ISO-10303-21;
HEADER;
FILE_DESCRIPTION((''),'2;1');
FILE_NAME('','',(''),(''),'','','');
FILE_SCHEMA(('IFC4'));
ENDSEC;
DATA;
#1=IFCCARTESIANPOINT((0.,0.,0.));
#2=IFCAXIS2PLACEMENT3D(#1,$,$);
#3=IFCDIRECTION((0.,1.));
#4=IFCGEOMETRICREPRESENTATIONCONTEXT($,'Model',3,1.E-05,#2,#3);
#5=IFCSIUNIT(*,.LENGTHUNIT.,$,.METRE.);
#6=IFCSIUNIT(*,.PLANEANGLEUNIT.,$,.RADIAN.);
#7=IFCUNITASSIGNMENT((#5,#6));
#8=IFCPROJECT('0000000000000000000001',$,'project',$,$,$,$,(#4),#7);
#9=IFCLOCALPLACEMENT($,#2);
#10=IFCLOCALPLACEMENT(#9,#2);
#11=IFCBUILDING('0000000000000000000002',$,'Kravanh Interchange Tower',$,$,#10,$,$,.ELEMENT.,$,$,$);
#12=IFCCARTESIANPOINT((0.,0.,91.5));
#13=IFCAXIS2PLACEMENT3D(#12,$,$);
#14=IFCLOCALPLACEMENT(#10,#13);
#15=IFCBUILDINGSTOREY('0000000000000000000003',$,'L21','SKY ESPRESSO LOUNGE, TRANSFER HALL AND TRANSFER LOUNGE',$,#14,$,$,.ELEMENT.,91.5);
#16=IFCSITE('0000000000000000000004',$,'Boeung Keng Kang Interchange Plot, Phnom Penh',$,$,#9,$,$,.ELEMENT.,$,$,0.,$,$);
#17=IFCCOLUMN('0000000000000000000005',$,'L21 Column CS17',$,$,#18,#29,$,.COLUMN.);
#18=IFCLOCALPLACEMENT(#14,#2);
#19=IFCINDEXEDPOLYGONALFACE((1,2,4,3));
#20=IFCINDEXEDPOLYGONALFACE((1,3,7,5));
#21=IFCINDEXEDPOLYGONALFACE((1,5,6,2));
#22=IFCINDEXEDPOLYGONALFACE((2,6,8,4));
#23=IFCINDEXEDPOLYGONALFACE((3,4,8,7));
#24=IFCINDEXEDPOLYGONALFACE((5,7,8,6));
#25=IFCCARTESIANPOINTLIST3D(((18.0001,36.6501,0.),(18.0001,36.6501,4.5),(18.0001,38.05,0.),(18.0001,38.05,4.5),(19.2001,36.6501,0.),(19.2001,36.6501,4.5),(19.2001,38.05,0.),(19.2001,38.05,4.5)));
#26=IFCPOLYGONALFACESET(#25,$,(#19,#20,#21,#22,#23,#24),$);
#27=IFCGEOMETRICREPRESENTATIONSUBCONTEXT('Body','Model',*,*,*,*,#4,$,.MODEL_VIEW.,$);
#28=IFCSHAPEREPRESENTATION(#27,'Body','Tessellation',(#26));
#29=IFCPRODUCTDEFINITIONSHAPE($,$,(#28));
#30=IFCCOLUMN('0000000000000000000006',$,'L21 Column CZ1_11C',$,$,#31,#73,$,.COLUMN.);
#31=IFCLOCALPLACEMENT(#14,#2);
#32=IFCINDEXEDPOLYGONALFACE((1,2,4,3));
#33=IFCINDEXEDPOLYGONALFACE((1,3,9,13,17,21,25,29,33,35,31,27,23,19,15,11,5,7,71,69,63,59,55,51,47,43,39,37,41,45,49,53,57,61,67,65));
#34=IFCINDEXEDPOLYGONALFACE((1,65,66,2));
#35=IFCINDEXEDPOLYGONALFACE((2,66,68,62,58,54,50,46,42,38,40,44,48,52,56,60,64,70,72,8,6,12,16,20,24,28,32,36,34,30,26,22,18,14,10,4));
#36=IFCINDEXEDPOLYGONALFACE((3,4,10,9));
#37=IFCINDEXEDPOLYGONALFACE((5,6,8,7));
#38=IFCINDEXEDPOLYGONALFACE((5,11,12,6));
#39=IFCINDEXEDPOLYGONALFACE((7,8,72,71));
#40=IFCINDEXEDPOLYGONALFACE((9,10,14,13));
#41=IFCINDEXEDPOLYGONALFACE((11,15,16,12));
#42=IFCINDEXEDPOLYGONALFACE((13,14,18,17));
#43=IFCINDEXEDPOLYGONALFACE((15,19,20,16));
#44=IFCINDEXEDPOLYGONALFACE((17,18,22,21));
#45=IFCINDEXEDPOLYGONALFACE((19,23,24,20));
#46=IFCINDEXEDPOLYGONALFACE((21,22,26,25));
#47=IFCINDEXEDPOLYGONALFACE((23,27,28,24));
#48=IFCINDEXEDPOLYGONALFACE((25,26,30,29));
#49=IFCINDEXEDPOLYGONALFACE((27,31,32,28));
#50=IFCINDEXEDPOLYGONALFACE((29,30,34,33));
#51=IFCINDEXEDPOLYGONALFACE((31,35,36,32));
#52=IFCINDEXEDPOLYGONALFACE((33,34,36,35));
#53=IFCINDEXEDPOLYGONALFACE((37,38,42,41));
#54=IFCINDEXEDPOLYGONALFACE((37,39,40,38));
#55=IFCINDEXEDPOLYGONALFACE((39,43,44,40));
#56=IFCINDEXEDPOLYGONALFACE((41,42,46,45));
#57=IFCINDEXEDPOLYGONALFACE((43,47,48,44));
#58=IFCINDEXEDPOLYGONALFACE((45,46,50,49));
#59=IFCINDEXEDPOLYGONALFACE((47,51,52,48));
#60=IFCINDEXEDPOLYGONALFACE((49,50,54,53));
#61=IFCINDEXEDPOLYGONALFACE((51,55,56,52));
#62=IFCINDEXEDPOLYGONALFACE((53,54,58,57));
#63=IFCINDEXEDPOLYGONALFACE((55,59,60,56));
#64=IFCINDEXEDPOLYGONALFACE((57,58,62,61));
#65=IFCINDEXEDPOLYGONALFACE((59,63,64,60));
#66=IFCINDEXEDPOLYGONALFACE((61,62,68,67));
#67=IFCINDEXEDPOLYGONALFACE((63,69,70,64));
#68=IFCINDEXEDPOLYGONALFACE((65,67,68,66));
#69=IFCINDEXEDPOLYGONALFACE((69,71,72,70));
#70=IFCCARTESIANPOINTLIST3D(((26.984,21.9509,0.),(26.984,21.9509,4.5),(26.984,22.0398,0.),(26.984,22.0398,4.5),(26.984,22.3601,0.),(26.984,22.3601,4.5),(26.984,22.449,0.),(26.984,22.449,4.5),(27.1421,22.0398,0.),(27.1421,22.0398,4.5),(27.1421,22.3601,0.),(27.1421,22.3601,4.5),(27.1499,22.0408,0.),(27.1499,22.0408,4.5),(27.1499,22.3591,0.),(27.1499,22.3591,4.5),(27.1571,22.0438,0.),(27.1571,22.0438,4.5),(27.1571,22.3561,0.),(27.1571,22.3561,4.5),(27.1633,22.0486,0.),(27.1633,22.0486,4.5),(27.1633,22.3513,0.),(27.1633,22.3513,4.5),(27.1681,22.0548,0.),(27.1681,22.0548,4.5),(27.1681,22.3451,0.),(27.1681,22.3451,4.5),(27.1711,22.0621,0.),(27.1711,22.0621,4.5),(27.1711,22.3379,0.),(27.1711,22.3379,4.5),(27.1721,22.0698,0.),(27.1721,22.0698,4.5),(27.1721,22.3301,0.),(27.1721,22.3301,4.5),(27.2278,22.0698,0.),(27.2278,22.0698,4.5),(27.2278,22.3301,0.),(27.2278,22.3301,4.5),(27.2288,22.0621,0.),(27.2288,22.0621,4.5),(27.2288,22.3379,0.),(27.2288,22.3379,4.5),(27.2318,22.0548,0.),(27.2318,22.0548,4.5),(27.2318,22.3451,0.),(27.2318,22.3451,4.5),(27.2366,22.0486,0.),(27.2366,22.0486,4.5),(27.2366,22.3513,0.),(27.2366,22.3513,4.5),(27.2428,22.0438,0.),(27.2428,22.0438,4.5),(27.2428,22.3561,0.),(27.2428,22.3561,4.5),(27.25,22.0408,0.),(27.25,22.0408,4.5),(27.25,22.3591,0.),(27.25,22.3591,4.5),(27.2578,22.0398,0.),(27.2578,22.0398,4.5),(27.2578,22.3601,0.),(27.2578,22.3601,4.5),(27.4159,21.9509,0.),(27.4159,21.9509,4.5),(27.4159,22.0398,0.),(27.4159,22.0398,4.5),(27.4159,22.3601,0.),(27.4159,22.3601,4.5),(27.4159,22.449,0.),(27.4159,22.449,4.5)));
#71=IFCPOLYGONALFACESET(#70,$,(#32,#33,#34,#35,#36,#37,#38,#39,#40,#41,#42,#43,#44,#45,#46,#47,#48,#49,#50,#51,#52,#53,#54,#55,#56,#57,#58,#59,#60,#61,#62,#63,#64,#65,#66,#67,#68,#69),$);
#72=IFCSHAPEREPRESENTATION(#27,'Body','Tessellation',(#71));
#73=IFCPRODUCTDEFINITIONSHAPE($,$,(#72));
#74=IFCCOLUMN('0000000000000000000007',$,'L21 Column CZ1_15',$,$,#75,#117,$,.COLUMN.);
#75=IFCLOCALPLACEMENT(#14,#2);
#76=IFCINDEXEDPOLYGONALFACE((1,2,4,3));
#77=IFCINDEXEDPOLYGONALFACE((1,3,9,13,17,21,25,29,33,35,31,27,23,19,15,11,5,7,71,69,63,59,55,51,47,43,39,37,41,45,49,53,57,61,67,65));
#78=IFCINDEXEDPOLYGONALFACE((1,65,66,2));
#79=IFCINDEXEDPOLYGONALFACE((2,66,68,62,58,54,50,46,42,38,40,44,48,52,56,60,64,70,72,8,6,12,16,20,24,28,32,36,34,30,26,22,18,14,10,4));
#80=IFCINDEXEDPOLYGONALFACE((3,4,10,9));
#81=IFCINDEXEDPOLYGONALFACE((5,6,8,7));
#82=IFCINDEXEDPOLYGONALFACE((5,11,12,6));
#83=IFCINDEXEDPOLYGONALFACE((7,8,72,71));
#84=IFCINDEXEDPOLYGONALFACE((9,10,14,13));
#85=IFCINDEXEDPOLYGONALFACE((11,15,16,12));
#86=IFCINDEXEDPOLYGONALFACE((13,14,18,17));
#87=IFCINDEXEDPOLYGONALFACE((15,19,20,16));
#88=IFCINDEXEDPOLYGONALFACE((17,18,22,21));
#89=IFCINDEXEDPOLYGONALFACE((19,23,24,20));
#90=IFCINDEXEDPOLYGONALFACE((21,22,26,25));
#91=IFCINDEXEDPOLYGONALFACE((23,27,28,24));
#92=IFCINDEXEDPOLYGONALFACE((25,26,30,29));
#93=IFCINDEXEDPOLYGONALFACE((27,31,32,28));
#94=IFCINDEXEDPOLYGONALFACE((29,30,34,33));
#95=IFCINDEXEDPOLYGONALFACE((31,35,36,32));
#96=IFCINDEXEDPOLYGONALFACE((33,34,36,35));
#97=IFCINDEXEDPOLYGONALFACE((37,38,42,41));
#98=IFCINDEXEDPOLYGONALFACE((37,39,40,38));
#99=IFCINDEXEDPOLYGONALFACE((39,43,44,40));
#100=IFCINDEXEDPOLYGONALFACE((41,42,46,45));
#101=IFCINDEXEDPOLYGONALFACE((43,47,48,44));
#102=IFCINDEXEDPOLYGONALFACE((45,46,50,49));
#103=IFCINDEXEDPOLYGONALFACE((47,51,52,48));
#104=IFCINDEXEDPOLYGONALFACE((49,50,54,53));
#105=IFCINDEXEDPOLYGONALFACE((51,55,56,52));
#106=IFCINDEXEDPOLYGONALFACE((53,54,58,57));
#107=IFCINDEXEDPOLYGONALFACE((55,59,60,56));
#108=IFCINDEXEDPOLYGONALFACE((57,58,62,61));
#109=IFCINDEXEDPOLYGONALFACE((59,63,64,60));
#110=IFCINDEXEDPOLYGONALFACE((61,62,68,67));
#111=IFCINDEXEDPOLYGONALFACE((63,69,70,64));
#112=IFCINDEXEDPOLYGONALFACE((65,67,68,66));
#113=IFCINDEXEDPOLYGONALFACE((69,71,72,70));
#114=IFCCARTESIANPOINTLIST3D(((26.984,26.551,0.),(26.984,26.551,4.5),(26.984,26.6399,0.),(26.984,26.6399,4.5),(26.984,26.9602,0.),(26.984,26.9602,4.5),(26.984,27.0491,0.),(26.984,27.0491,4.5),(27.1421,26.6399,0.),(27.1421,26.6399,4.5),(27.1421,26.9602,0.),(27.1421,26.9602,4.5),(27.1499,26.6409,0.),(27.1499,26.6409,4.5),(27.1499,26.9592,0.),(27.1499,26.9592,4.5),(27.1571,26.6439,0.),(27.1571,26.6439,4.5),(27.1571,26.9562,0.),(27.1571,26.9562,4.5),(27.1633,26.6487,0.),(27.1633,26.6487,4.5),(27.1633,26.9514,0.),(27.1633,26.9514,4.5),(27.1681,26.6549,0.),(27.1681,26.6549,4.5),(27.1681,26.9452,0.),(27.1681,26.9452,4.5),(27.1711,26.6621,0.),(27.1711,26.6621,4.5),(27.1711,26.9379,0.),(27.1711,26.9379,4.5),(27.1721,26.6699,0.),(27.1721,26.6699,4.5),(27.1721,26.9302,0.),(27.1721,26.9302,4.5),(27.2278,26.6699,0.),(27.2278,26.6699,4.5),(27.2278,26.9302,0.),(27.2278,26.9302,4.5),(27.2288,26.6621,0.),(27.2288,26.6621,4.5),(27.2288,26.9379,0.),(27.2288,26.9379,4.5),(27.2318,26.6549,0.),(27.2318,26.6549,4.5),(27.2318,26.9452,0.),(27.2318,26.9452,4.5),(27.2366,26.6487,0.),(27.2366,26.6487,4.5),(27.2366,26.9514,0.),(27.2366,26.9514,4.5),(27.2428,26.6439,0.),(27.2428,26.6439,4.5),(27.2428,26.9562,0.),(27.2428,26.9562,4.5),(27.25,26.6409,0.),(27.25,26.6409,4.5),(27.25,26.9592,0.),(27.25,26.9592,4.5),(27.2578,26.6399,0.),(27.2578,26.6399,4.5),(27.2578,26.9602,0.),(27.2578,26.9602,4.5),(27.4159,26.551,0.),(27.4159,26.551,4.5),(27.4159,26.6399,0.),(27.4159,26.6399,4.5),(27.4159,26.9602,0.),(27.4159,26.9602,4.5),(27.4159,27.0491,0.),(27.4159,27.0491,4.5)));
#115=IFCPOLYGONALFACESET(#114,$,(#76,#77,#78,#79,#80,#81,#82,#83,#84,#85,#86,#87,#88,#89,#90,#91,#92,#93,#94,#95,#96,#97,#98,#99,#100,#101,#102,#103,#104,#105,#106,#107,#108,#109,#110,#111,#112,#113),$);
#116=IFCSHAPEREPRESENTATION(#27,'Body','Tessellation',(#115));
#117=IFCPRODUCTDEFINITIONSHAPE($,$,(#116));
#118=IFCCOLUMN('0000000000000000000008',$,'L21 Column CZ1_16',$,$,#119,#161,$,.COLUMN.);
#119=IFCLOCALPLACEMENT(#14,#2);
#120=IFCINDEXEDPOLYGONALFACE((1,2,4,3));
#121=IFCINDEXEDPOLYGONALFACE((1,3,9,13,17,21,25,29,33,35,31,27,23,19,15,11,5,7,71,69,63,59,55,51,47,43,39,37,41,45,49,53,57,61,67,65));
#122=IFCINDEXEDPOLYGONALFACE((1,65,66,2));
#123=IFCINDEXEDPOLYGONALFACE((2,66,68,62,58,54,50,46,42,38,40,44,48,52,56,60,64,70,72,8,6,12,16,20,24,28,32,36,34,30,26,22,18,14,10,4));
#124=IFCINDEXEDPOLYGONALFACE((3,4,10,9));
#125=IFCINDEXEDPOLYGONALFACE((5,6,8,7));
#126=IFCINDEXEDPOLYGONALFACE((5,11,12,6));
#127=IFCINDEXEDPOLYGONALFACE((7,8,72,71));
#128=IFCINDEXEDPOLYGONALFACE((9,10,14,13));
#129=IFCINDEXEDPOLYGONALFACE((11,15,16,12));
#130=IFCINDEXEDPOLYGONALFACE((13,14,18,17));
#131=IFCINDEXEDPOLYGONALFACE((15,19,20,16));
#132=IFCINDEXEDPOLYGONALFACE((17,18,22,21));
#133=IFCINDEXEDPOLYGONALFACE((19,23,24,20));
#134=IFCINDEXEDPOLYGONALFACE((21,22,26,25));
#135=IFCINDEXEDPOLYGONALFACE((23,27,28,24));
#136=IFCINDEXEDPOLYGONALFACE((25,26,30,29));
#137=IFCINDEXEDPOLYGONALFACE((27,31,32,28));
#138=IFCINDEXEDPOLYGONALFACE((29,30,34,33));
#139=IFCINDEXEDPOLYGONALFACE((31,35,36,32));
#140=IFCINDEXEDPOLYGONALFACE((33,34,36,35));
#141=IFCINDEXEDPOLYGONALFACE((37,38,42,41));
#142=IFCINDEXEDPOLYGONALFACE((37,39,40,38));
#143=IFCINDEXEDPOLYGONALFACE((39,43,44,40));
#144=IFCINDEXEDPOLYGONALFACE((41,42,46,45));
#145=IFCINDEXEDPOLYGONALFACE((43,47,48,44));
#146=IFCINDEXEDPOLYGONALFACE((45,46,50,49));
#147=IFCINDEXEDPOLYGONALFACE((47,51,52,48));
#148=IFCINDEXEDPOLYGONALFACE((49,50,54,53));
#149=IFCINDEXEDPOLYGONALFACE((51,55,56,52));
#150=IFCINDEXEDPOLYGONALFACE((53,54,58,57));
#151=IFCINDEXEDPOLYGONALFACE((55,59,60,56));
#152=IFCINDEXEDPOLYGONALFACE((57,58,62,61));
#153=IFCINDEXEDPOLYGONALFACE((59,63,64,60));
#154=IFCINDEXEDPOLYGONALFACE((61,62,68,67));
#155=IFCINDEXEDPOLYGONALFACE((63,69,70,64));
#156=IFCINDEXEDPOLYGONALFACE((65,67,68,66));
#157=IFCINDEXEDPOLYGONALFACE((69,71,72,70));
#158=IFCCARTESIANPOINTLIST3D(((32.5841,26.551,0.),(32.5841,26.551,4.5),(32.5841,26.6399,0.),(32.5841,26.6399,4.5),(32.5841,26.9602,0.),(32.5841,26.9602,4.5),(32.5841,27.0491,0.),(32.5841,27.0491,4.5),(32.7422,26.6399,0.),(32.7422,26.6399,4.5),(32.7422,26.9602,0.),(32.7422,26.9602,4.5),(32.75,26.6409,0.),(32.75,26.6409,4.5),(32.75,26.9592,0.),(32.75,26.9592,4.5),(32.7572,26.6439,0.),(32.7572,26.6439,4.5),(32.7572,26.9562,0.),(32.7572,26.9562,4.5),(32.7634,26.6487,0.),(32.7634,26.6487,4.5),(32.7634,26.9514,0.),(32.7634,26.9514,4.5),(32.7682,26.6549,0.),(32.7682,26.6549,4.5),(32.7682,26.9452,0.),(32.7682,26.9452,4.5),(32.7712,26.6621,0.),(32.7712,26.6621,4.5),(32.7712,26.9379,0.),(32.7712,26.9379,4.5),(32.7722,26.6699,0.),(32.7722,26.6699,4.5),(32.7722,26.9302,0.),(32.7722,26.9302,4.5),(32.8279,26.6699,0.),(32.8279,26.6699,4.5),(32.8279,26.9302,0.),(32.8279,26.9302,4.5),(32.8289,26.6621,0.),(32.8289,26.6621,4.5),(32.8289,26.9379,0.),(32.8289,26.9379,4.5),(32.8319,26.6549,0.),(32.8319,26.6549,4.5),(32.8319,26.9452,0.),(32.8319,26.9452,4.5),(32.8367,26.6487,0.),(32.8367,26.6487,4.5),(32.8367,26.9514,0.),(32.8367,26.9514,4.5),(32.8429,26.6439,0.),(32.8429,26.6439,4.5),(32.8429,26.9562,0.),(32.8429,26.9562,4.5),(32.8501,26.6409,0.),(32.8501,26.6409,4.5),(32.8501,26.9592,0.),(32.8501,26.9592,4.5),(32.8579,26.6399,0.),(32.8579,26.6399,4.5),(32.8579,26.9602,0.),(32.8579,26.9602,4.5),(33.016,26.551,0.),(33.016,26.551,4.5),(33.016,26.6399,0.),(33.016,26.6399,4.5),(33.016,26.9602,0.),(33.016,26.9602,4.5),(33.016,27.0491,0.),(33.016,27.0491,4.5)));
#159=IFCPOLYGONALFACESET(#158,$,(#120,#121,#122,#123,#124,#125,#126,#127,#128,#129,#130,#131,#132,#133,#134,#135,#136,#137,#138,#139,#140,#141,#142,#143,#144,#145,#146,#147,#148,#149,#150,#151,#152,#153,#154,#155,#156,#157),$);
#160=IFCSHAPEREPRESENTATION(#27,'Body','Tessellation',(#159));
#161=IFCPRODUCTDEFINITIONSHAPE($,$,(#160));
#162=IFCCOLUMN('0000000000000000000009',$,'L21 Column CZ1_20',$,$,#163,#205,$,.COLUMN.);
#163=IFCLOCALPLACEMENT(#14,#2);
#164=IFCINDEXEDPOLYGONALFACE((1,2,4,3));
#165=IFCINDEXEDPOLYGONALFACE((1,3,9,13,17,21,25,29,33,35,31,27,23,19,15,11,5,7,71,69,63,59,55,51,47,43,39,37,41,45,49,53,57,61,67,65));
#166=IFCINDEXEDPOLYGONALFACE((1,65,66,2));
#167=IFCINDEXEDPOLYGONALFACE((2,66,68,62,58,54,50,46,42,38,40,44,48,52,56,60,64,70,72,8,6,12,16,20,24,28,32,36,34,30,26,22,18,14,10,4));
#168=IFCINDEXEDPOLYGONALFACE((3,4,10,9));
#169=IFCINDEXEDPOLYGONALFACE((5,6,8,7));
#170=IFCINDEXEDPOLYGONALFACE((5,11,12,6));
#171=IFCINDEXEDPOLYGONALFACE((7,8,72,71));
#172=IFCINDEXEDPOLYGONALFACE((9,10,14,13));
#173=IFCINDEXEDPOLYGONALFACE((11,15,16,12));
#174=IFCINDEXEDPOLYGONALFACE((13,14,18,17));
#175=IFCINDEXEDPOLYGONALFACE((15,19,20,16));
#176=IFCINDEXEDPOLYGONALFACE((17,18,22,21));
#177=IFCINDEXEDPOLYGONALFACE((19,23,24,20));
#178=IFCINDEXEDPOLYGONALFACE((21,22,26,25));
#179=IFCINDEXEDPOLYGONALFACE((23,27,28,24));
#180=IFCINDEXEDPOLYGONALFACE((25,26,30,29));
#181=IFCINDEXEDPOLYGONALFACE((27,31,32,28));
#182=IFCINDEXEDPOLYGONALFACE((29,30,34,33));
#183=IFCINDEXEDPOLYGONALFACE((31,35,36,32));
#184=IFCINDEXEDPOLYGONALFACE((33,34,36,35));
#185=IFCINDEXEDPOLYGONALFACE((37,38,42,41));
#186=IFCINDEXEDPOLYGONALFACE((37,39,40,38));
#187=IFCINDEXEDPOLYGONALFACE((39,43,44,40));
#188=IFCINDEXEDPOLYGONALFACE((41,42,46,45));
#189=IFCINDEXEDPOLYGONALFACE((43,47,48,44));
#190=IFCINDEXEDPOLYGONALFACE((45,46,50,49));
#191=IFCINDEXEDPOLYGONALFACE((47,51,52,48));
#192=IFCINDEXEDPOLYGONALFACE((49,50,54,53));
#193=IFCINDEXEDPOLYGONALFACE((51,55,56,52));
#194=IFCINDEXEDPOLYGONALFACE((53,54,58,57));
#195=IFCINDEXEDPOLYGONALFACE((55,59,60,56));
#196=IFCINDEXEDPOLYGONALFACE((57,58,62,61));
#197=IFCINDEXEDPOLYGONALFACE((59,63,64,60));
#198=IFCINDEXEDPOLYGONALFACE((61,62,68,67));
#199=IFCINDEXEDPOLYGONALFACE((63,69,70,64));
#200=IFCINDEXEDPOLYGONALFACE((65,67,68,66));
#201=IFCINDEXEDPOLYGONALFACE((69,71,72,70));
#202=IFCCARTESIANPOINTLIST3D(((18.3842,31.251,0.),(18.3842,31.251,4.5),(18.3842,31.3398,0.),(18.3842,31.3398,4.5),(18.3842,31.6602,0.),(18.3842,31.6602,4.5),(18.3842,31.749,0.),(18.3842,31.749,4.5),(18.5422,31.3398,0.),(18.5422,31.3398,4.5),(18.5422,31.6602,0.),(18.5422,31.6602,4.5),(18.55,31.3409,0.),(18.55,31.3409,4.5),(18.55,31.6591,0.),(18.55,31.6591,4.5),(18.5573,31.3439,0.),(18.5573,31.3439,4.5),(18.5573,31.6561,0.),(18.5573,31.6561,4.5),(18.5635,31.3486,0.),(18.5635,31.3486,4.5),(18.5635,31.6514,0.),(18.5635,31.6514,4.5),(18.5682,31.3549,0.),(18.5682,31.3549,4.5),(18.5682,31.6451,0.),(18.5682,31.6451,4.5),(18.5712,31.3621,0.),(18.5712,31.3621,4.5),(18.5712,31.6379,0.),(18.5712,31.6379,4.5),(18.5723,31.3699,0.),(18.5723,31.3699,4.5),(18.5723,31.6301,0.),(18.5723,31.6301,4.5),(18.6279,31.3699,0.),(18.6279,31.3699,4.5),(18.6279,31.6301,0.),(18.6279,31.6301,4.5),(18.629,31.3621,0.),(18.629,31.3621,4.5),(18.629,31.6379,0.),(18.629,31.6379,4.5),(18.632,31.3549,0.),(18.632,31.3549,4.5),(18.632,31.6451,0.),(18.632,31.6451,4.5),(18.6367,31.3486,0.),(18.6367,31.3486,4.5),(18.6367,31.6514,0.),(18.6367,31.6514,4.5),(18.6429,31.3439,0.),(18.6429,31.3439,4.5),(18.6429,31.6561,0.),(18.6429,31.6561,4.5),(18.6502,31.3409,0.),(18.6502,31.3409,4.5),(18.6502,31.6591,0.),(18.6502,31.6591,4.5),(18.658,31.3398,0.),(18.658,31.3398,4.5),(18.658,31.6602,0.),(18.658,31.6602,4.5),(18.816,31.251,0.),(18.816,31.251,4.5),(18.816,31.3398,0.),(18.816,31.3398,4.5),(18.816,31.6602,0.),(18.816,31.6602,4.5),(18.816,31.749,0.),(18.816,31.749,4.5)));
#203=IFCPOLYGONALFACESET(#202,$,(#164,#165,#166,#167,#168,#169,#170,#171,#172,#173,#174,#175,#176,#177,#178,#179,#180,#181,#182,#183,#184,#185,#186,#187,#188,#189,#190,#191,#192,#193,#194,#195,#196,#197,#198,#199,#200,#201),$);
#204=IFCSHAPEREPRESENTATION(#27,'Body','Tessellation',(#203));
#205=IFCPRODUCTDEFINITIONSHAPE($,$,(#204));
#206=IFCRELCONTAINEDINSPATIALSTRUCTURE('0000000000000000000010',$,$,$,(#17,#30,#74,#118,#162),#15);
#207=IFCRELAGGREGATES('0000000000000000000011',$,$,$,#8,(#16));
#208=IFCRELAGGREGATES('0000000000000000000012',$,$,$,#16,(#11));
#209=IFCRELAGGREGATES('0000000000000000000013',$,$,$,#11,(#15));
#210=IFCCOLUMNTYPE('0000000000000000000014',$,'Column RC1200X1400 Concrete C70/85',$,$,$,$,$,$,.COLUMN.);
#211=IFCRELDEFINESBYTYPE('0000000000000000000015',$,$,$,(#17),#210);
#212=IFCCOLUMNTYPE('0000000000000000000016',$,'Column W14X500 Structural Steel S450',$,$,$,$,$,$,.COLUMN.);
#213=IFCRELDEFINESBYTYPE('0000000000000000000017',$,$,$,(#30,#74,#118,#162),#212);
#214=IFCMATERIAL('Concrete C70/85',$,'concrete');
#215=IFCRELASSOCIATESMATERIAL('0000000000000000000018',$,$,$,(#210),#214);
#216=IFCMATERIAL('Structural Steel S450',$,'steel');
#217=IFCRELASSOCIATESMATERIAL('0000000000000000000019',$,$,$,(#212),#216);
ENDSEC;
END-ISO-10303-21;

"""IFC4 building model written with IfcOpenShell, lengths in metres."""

from ifc_helpers import new_model, si_unit, direction, frame, origin, origin_2d, place, context, subcontext, project, spatial, rectangle, i_section, extrude, material, material_profile, profile_set, type_object, element, save


model = new_model("IFC4")

# Units and contexts
model_context = context("Model", 3, precision=1e-05, world=origin(), true_north=direction((0.0, 1.0)))
body_context = subcontext(model_context, "Body", "Model", "MODEL_VIEW")
ifc_project = project(units=[si_unit("LENGTHUNIT", "METRE"), si_unit("PLANEANGLEUNIT", "RADIAN")], contexts=[model_context])

# Site, building, storey
site_placement = place(None, origin())
site = spatial("IfcSite", under=ifc_project, at=site_placement, Name="Boeung Keng Kang Interchange Plot, Phnom Penh", CompositionType="ELEMENT", RefElevation=0.0)
building_placement = place(site_placement, origin())
building = spatial("IfcBuilding", under=site, at=building_placement, Name="Kravanh Interchange Tower", CompositionType="ELEMENT")
storey_placement = place(building_placement, frame((0.0, 0.0, 91.5)))
storey = spatial("IfcBuildingStorey", under=building, at=storey_placement, Name="L21", Description="SKY ESPRESSO LOUNGE, TRANSFER HALL AND TRANSFER LOUNGE", CompositionType="ELEMENT", Elevation=91.5)

# Columns
ifc_material_1 = material(Name="Concrete C70/85", Category="concrete")
ifc_material_profile_1 = material_profile(ifc_material_1, rectangle(XDim=1.2, YDim=1.3999, at=origin_2d()), Name="RC1200X1400")
ifc_profile_set_1 = profile_set([ifc_material_profile_1], Name="Concrete C70/85")
column_type_1 = type_object("IfcColumnType", Name="Column RC1200X1400 Concrete C70/85", PredefinedType="COLUMN", material=ifc_profile_set_1)
column_placement = place(storey_placement, frame((18.6001, 37.3501, 0.0), z_axis=(0.0, 0.0, 1.0), x_axis=(1.0, 0.0, 0.0)))
element("IfcColumn", 1, at=column_placement, inside=storey, type_object=column_type_1, Name="L21 Column CS17", PredefinedType="COLUMN", context=body_context, shape_type="SweptSolid", body=[
    extrude(rectangle(XDim=1.2, YDim=1.3999, at=origin_2d()), origin(), (0.0, 0.0, 1.0), 4.5),
])
ifc_material_2 = material(Name="Structural Steel S450", Category="steel")
ifc_material_profile_2 = material_profile(ifc_material_2, i_section(OverallWidth=0.4319, OverallDepth=0.498, WebThickness=0.0557, FlangeThickness=0.0889, FilletRadius=0.03, at=origin_2d()), Name="W14X500")
ifc_profile_set_2 = profile_set([ifc_material_profile_2], Name="Structural Steel S450")
column_type_2 = type_object("IfcColumnType", Name="Column W14X500 Structural Steel S450", PredefinedType="COLUMN", material=ifc_profile_set_2)
for number, where, z_axis, x_axis, name in (
    (2, (27.2, 22.2, 0.0), (0.0, 0.0, 1.0), (1.0, 0.0, 0.0), "L21 Column CZ1_11C"),
    (3, (27.2, 26.8, 0.0), (0.0, 0.0, 1.0), (1.0, 0.0, 0.0), "L21 Column CZ1_15"),
    (4, (32.8, 26.8, 0.0), (0.0, 0.0, 1.0), (1.0, 0.0, 0.0), "L21 Column CZ1_16"),
    (5, (18.6001, 31.5, 0.0), (0.0, 0.0, 1.0), (1.0, 0.0, 0.0), "L21 Column CZ1_20"),
):
    element("IfcColumn", number, at=place(storey_placement, frame(where, z_axis=z_axis, x_axis=x_axis)), inside=storey, type_object=column_type_2, Name=name, PredefinedType="COLUMN", context=body_context, shape_type="SweptSolid", body=[
        extrude(i_section(OverallWidth=0.4319, OverallDepth=0.498, WebThickness=0.0557, FlangeThickness=0.0889, FilletRadius=0.03, at=origin_2d()), origin(), (0.0, 0.0, 1.0), 4.5),
    ])

save(model, "model.ifc")
